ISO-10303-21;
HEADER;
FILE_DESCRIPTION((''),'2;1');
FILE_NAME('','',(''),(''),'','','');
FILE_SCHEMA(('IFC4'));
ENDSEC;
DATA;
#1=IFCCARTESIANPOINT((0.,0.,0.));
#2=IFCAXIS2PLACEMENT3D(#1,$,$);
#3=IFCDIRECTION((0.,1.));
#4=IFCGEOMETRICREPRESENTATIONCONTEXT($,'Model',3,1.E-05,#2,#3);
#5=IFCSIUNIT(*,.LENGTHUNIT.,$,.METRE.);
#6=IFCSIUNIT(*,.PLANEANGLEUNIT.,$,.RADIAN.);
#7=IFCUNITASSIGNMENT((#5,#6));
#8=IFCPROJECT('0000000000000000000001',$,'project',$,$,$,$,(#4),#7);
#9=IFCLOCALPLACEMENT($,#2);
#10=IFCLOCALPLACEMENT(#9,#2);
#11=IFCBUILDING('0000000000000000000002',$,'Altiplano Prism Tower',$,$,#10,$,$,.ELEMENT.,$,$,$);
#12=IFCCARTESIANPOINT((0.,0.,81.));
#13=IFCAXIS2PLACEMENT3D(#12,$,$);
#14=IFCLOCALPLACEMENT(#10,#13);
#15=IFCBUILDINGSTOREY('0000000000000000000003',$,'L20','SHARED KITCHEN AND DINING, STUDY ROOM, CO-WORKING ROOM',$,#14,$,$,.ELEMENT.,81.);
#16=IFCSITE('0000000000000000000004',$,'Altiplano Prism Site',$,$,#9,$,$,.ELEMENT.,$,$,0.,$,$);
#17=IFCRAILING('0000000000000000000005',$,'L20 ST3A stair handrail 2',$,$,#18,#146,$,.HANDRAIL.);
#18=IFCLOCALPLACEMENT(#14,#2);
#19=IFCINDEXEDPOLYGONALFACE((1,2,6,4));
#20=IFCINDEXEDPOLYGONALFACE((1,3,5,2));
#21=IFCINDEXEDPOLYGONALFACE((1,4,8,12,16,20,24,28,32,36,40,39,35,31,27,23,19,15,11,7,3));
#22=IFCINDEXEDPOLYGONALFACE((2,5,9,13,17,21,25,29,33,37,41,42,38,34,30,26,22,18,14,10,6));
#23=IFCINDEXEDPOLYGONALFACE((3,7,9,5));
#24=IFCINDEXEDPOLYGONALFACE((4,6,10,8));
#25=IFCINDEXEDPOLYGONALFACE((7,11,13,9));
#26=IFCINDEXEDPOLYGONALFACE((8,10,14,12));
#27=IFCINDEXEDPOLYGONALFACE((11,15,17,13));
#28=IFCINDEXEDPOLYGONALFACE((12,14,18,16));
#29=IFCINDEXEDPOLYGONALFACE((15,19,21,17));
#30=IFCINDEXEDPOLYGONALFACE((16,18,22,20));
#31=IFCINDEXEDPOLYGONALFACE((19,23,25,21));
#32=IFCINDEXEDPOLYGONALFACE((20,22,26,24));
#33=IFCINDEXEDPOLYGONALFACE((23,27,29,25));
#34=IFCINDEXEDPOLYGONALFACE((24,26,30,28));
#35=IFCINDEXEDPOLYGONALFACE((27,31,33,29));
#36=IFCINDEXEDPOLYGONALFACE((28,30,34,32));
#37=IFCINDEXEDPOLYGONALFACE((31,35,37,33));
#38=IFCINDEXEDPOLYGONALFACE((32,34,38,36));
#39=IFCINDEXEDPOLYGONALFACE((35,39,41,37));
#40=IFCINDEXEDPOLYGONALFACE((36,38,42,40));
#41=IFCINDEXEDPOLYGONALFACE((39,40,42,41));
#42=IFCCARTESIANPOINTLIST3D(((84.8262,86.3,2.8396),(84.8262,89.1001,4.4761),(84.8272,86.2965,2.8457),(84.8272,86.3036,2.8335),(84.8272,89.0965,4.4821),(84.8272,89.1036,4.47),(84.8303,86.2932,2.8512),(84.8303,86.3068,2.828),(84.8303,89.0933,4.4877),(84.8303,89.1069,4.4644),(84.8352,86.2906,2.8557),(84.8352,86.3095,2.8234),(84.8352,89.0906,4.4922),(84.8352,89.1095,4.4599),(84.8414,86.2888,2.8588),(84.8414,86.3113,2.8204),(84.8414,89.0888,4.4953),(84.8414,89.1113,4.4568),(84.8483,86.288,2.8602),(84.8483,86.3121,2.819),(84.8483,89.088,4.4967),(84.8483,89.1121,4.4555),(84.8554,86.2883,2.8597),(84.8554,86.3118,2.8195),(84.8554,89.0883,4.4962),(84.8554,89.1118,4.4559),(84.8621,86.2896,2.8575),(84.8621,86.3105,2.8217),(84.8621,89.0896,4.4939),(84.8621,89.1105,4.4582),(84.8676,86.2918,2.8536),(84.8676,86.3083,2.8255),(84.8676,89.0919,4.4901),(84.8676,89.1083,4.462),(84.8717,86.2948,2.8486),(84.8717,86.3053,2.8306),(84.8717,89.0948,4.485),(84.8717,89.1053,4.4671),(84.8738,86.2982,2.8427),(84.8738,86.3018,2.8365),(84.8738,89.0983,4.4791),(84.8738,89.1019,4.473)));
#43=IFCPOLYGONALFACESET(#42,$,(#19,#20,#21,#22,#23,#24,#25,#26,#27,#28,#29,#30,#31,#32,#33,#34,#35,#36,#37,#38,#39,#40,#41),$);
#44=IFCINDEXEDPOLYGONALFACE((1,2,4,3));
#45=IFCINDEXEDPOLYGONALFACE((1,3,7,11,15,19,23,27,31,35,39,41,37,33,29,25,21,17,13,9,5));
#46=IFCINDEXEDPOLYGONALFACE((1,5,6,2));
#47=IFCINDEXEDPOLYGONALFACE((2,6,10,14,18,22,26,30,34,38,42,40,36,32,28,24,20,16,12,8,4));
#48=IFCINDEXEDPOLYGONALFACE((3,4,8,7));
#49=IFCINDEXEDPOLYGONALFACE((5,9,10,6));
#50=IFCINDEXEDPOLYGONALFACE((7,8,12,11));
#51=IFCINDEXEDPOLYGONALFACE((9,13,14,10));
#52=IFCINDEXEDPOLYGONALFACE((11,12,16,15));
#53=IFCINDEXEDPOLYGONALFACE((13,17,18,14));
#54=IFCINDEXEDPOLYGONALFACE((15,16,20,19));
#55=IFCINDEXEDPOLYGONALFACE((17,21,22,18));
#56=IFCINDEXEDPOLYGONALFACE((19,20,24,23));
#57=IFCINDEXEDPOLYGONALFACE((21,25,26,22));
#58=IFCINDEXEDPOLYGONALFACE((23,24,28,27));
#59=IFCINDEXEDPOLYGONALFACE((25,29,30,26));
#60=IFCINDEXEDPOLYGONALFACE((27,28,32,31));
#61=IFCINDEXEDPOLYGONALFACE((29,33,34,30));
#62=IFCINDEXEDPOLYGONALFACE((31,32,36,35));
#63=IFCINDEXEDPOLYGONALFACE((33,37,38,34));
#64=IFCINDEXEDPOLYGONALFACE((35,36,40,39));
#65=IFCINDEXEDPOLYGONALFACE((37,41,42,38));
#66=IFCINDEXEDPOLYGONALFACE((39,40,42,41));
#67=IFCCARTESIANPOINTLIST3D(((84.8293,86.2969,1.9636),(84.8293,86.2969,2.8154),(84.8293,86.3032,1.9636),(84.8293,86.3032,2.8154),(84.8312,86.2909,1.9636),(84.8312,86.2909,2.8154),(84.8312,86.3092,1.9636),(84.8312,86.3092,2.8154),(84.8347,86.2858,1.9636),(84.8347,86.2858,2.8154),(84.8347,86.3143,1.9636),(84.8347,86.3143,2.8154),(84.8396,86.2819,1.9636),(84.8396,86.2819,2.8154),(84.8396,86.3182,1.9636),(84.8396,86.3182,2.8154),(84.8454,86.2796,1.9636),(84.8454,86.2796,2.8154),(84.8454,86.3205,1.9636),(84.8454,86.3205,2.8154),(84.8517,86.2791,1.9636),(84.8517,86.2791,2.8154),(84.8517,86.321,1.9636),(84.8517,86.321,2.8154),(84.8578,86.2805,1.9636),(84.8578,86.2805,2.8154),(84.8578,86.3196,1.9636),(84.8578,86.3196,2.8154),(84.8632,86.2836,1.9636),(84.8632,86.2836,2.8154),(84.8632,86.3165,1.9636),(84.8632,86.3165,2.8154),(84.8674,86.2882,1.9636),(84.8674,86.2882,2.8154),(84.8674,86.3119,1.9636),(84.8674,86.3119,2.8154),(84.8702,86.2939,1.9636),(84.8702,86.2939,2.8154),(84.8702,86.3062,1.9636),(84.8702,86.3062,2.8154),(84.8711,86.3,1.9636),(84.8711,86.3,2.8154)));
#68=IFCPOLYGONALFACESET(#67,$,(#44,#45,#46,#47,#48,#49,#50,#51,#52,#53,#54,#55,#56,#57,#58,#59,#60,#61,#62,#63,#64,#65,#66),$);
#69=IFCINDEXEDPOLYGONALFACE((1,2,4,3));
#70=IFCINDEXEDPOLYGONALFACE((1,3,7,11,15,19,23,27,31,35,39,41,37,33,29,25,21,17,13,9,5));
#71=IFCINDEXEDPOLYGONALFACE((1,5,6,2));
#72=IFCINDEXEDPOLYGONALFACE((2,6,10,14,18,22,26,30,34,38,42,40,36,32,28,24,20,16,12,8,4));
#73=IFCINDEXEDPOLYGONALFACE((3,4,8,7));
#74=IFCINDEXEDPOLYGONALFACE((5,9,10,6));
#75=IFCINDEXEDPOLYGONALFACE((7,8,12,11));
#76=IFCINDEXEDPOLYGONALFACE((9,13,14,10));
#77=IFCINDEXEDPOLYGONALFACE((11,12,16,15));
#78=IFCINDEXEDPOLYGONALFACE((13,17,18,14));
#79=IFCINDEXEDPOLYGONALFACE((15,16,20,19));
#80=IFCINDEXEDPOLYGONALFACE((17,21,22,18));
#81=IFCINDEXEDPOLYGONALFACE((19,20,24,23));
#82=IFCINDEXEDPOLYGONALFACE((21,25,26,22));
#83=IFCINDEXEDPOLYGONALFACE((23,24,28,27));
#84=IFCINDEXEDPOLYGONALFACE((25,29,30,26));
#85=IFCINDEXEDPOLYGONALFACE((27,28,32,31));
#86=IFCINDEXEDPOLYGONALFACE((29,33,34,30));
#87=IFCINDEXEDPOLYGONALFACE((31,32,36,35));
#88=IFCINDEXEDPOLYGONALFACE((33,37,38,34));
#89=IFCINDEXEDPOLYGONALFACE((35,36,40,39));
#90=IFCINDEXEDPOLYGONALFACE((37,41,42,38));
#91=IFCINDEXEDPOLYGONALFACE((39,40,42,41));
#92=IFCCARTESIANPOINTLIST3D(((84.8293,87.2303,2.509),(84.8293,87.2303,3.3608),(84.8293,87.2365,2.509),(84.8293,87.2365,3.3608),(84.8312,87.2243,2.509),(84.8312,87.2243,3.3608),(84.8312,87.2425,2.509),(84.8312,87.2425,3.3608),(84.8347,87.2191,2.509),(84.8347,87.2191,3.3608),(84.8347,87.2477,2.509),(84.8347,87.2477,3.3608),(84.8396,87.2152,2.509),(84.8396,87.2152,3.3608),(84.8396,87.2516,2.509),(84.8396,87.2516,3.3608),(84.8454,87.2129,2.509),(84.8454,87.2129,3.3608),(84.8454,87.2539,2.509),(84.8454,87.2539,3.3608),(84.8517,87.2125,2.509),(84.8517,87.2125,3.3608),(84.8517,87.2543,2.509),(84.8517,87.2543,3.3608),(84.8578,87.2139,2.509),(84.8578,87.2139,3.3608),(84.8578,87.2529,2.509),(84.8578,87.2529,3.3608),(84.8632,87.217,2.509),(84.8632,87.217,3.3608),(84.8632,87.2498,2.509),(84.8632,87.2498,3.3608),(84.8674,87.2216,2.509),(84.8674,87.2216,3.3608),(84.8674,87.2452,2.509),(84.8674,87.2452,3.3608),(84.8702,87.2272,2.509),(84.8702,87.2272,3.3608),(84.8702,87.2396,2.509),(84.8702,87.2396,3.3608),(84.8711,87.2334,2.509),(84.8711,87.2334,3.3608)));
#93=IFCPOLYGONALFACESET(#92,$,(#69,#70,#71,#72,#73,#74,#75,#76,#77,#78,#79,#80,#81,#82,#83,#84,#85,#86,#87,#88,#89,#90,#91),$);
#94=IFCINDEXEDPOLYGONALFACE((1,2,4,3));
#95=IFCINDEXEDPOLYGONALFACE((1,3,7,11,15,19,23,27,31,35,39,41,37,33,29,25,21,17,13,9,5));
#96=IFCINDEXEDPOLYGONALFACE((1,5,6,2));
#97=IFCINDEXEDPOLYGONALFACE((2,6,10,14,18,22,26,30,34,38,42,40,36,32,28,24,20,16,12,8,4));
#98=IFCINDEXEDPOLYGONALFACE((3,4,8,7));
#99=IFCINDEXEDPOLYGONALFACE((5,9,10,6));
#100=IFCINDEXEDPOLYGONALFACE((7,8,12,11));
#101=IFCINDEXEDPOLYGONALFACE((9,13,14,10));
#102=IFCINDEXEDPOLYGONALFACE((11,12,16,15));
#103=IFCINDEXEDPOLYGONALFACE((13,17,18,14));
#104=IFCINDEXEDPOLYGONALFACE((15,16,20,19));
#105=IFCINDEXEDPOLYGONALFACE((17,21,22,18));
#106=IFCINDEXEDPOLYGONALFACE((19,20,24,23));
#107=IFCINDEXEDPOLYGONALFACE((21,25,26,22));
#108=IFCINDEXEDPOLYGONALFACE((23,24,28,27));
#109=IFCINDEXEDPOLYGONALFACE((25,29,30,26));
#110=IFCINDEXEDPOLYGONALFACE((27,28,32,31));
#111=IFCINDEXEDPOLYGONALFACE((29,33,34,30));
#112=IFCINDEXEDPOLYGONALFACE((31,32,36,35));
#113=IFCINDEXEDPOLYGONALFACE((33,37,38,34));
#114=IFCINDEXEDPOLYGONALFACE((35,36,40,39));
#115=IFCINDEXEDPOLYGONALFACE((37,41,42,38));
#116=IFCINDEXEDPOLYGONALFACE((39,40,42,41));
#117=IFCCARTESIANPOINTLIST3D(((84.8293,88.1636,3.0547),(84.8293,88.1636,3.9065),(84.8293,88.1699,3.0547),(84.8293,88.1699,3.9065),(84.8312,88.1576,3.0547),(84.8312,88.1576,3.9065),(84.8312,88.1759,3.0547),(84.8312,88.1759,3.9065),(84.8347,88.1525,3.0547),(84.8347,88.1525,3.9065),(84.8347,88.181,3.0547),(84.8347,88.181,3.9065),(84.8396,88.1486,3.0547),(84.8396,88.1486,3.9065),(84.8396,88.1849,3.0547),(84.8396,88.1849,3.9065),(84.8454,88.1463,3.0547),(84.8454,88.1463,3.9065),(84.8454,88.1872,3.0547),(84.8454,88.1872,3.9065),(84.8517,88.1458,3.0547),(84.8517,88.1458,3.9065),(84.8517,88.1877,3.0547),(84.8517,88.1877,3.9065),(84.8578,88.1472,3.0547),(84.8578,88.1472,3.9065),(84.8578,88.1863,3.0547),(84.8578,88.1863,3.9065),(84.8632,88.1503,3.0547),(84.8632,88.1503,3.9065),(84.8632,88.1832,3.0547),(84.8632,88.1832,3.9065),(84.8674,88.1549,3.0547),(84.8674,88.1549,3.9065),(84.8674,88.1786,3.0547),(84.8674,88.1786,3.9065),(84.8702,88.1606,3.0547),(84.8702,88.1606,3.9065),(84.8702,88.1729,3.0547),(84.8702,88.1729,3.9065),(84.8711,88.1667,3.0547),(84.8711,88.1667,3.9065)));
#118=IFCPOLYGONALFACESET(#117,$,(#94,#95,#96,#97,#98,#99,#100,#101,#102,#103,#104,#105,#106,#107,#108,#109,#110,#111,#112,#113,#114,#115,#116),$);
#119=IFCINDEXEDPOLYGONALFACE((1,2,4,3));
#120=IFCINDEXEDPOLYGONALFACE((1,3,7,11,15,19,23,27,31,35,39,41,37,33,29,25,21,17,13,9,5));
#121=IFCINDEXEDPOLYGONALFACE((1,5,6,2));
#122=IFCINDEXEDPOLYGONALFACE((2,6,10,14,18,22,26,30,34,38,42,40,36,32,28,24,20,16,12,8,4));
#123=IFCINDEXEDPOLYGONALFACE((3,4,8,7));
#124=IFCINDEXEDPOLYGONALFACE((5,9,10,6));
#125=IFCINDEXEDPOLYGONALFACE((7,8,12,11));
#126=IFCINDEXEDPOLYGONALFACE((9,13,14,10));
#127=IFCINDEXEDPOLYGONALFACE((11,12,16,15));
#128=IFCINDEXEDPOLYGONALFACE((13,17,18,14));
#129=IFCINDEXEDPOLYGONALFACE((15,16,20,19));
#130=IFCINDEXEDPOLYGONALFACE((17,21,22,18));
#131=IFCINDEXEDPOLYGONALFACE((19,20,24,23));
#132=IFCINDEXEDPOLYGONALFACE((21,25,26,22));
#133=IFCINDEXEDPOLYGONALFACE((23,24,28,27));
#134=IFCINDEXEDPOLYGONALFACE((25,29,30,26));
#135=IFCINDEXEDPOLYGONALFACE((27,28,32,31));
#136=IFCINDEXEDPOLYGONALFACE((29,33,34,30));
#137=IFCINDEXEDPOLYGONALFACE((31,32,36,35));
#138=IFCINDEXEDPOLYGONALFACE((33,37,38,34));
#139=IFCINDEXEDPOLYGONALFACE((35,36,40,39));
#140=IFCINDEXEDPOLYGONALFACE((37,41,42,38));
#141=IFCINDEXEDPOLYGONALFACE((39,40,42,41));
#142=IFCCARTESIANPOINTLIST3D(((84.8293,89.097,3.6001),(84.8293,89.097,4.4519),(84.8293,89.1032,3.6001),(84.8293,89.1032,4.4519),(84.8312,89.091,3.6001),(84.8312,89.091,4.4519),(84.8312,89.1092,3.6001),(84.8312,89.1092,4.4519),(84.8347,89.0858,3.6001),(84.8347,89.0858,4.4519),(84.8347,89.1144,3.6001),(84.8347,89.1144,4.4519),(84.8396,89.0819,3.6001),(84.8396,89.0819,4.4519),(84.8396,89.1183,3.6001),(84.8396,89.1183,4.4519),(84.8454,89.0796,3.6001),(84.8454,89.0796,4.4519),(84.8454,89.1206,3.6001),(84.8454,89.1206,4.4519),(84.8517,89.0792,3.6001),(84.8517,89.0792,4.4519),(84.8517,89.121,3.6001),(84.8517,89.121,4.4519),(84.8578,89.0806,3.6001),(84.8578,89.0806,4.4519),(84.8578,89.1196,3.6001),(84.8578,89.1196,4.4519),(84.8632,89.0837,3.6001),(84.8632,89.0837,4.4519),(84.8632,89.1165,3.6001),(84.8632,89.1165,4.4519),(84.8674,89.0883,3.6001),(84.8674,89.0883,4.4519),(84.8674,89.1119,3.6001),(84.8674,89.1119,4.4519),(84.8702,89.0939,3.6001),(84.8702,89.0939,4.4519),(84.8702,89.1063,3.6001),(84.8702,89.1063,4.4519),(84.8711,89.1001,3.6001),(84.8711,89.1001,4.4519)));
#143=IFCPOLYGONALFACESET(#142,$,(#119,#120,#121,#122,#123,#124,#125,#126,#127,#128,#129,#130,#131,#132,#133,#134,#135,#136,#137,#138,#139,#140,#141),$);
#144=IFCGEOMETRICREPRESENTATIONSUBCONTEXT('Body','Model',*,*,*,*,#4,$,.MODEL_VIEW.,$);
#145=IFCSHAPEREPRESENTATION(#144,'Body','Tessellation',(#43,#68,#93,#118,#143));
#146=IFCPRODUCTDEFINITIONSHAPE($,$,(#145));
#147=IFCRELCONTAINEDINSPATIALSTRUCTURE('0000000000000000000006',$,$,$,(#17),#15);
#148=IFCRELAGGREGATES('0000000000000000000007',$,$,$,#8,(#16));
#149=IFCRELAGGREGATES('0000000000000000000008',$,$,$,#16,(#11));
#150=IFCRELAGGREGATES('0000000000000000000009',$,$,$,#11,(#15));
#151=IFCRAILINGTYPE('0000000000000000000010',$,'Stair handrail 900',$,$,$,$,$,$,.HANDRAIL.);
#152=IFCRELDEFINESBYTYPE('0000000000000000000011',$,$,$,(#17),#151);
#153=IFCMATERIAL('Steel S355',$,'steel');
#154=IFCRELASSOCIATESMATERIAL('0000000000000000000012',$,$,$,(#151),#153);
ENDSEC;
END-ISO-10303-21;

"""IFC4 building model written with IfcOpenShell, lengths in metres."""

from ifc_helpers import new_model, si_unit, direction, frame, origin, origin_2d, place, context, subcontext, project, spatial, circle, extrude, material, type_object, element, save


model = new_model("IFC4")

# Units and contexts
model_context = context("Model", 3, precision=1e-05, world=origin(), true_north=direction((0.0, 1.0)))
body_context = subcontext(model_context, "Body", "Model", "MODEL_VIEW")
ifc_project = project(units=[si_unit("LENGTHUNIT", "METRE"), si_unit("PLANEANGLEUNIT", "RADIAN")], contexts=[model_context])

# Site, building, storey
site_placement = place(None, origin())
site = spatial("IfcSite", under=ifc_project, at=site_placement, Name="Altiplano Prism Site", CompositionType="ELEMENT", RefElevation=0.0)
building_placement = place(site_placement, origin())
building = spatial("IfcBuilding", under=site, at=building_placement, Name="Altiplano Prism Tower", CompositionType="ELEMENT")
storey_placement = place(building_placement, frame((0.0, 0.0, 81.0)))
storey = spatial("IfcBuildingStorey", under=building, at=storey_placement, Name="L20", Description="SHARED KITCHEN AND DINING, STUDY ROOM, CO-WORKING ROOM", CompositionType="ELEMENT", Elevation=81.0)

# Railing
ifc_material_1 = material(Name="Steel S355", Category="steel")
railing_type = type_object("IfcRailingType", Name="Stair handrail 900", PredefinedType="HANDRAIL", material=ifc_material_1)
for number, where, name in (
    (1, (84.8501, 86.3, 1.9636), "L20 ST3A stair handrail 2"),
):
    element("IfcRailing", number, at=place(storey_placement, frame(where)), inside=storey, type_object=railing_type, Name=name, PredefinedType="HANDRAIL", context=body_context, shape_type="SweptSolid", body=[
        extrude(circle(Radius=0.0239, at=origin_2d()), frame((0.0, 0.0, 0.876), z_axis=(0.0, 0.863361, 0.504587), x_axis=(-1.0, 0.0, 0.0)), (0.0, 0.0, 1.0), 3.2432),
        extrude(circle(Radius=0.021, at=origin_2d()), origin(), (0.0, 0.0, 1.0), 0.8518),
        extrude(circle(Radius=0.021, at=origin_2d()), frame((0.0, 0.9333, 0.5454)), (0.0, 0.0, 1.0), 0.8518),
        extrude(circle(Radius=0.021, at=origin_2d()), frame((0.0, 1.8667, 1.0911)), (0.0, 0.0, 1.0), 0.8518),
        extrude(circle(Radius=0.021, at=origin_2d()), frame((0.0, 2.8, 1.6365)), (0.0, 0.0, 1.0), 0.8518),
    ])

save(model, "model.ifc")
